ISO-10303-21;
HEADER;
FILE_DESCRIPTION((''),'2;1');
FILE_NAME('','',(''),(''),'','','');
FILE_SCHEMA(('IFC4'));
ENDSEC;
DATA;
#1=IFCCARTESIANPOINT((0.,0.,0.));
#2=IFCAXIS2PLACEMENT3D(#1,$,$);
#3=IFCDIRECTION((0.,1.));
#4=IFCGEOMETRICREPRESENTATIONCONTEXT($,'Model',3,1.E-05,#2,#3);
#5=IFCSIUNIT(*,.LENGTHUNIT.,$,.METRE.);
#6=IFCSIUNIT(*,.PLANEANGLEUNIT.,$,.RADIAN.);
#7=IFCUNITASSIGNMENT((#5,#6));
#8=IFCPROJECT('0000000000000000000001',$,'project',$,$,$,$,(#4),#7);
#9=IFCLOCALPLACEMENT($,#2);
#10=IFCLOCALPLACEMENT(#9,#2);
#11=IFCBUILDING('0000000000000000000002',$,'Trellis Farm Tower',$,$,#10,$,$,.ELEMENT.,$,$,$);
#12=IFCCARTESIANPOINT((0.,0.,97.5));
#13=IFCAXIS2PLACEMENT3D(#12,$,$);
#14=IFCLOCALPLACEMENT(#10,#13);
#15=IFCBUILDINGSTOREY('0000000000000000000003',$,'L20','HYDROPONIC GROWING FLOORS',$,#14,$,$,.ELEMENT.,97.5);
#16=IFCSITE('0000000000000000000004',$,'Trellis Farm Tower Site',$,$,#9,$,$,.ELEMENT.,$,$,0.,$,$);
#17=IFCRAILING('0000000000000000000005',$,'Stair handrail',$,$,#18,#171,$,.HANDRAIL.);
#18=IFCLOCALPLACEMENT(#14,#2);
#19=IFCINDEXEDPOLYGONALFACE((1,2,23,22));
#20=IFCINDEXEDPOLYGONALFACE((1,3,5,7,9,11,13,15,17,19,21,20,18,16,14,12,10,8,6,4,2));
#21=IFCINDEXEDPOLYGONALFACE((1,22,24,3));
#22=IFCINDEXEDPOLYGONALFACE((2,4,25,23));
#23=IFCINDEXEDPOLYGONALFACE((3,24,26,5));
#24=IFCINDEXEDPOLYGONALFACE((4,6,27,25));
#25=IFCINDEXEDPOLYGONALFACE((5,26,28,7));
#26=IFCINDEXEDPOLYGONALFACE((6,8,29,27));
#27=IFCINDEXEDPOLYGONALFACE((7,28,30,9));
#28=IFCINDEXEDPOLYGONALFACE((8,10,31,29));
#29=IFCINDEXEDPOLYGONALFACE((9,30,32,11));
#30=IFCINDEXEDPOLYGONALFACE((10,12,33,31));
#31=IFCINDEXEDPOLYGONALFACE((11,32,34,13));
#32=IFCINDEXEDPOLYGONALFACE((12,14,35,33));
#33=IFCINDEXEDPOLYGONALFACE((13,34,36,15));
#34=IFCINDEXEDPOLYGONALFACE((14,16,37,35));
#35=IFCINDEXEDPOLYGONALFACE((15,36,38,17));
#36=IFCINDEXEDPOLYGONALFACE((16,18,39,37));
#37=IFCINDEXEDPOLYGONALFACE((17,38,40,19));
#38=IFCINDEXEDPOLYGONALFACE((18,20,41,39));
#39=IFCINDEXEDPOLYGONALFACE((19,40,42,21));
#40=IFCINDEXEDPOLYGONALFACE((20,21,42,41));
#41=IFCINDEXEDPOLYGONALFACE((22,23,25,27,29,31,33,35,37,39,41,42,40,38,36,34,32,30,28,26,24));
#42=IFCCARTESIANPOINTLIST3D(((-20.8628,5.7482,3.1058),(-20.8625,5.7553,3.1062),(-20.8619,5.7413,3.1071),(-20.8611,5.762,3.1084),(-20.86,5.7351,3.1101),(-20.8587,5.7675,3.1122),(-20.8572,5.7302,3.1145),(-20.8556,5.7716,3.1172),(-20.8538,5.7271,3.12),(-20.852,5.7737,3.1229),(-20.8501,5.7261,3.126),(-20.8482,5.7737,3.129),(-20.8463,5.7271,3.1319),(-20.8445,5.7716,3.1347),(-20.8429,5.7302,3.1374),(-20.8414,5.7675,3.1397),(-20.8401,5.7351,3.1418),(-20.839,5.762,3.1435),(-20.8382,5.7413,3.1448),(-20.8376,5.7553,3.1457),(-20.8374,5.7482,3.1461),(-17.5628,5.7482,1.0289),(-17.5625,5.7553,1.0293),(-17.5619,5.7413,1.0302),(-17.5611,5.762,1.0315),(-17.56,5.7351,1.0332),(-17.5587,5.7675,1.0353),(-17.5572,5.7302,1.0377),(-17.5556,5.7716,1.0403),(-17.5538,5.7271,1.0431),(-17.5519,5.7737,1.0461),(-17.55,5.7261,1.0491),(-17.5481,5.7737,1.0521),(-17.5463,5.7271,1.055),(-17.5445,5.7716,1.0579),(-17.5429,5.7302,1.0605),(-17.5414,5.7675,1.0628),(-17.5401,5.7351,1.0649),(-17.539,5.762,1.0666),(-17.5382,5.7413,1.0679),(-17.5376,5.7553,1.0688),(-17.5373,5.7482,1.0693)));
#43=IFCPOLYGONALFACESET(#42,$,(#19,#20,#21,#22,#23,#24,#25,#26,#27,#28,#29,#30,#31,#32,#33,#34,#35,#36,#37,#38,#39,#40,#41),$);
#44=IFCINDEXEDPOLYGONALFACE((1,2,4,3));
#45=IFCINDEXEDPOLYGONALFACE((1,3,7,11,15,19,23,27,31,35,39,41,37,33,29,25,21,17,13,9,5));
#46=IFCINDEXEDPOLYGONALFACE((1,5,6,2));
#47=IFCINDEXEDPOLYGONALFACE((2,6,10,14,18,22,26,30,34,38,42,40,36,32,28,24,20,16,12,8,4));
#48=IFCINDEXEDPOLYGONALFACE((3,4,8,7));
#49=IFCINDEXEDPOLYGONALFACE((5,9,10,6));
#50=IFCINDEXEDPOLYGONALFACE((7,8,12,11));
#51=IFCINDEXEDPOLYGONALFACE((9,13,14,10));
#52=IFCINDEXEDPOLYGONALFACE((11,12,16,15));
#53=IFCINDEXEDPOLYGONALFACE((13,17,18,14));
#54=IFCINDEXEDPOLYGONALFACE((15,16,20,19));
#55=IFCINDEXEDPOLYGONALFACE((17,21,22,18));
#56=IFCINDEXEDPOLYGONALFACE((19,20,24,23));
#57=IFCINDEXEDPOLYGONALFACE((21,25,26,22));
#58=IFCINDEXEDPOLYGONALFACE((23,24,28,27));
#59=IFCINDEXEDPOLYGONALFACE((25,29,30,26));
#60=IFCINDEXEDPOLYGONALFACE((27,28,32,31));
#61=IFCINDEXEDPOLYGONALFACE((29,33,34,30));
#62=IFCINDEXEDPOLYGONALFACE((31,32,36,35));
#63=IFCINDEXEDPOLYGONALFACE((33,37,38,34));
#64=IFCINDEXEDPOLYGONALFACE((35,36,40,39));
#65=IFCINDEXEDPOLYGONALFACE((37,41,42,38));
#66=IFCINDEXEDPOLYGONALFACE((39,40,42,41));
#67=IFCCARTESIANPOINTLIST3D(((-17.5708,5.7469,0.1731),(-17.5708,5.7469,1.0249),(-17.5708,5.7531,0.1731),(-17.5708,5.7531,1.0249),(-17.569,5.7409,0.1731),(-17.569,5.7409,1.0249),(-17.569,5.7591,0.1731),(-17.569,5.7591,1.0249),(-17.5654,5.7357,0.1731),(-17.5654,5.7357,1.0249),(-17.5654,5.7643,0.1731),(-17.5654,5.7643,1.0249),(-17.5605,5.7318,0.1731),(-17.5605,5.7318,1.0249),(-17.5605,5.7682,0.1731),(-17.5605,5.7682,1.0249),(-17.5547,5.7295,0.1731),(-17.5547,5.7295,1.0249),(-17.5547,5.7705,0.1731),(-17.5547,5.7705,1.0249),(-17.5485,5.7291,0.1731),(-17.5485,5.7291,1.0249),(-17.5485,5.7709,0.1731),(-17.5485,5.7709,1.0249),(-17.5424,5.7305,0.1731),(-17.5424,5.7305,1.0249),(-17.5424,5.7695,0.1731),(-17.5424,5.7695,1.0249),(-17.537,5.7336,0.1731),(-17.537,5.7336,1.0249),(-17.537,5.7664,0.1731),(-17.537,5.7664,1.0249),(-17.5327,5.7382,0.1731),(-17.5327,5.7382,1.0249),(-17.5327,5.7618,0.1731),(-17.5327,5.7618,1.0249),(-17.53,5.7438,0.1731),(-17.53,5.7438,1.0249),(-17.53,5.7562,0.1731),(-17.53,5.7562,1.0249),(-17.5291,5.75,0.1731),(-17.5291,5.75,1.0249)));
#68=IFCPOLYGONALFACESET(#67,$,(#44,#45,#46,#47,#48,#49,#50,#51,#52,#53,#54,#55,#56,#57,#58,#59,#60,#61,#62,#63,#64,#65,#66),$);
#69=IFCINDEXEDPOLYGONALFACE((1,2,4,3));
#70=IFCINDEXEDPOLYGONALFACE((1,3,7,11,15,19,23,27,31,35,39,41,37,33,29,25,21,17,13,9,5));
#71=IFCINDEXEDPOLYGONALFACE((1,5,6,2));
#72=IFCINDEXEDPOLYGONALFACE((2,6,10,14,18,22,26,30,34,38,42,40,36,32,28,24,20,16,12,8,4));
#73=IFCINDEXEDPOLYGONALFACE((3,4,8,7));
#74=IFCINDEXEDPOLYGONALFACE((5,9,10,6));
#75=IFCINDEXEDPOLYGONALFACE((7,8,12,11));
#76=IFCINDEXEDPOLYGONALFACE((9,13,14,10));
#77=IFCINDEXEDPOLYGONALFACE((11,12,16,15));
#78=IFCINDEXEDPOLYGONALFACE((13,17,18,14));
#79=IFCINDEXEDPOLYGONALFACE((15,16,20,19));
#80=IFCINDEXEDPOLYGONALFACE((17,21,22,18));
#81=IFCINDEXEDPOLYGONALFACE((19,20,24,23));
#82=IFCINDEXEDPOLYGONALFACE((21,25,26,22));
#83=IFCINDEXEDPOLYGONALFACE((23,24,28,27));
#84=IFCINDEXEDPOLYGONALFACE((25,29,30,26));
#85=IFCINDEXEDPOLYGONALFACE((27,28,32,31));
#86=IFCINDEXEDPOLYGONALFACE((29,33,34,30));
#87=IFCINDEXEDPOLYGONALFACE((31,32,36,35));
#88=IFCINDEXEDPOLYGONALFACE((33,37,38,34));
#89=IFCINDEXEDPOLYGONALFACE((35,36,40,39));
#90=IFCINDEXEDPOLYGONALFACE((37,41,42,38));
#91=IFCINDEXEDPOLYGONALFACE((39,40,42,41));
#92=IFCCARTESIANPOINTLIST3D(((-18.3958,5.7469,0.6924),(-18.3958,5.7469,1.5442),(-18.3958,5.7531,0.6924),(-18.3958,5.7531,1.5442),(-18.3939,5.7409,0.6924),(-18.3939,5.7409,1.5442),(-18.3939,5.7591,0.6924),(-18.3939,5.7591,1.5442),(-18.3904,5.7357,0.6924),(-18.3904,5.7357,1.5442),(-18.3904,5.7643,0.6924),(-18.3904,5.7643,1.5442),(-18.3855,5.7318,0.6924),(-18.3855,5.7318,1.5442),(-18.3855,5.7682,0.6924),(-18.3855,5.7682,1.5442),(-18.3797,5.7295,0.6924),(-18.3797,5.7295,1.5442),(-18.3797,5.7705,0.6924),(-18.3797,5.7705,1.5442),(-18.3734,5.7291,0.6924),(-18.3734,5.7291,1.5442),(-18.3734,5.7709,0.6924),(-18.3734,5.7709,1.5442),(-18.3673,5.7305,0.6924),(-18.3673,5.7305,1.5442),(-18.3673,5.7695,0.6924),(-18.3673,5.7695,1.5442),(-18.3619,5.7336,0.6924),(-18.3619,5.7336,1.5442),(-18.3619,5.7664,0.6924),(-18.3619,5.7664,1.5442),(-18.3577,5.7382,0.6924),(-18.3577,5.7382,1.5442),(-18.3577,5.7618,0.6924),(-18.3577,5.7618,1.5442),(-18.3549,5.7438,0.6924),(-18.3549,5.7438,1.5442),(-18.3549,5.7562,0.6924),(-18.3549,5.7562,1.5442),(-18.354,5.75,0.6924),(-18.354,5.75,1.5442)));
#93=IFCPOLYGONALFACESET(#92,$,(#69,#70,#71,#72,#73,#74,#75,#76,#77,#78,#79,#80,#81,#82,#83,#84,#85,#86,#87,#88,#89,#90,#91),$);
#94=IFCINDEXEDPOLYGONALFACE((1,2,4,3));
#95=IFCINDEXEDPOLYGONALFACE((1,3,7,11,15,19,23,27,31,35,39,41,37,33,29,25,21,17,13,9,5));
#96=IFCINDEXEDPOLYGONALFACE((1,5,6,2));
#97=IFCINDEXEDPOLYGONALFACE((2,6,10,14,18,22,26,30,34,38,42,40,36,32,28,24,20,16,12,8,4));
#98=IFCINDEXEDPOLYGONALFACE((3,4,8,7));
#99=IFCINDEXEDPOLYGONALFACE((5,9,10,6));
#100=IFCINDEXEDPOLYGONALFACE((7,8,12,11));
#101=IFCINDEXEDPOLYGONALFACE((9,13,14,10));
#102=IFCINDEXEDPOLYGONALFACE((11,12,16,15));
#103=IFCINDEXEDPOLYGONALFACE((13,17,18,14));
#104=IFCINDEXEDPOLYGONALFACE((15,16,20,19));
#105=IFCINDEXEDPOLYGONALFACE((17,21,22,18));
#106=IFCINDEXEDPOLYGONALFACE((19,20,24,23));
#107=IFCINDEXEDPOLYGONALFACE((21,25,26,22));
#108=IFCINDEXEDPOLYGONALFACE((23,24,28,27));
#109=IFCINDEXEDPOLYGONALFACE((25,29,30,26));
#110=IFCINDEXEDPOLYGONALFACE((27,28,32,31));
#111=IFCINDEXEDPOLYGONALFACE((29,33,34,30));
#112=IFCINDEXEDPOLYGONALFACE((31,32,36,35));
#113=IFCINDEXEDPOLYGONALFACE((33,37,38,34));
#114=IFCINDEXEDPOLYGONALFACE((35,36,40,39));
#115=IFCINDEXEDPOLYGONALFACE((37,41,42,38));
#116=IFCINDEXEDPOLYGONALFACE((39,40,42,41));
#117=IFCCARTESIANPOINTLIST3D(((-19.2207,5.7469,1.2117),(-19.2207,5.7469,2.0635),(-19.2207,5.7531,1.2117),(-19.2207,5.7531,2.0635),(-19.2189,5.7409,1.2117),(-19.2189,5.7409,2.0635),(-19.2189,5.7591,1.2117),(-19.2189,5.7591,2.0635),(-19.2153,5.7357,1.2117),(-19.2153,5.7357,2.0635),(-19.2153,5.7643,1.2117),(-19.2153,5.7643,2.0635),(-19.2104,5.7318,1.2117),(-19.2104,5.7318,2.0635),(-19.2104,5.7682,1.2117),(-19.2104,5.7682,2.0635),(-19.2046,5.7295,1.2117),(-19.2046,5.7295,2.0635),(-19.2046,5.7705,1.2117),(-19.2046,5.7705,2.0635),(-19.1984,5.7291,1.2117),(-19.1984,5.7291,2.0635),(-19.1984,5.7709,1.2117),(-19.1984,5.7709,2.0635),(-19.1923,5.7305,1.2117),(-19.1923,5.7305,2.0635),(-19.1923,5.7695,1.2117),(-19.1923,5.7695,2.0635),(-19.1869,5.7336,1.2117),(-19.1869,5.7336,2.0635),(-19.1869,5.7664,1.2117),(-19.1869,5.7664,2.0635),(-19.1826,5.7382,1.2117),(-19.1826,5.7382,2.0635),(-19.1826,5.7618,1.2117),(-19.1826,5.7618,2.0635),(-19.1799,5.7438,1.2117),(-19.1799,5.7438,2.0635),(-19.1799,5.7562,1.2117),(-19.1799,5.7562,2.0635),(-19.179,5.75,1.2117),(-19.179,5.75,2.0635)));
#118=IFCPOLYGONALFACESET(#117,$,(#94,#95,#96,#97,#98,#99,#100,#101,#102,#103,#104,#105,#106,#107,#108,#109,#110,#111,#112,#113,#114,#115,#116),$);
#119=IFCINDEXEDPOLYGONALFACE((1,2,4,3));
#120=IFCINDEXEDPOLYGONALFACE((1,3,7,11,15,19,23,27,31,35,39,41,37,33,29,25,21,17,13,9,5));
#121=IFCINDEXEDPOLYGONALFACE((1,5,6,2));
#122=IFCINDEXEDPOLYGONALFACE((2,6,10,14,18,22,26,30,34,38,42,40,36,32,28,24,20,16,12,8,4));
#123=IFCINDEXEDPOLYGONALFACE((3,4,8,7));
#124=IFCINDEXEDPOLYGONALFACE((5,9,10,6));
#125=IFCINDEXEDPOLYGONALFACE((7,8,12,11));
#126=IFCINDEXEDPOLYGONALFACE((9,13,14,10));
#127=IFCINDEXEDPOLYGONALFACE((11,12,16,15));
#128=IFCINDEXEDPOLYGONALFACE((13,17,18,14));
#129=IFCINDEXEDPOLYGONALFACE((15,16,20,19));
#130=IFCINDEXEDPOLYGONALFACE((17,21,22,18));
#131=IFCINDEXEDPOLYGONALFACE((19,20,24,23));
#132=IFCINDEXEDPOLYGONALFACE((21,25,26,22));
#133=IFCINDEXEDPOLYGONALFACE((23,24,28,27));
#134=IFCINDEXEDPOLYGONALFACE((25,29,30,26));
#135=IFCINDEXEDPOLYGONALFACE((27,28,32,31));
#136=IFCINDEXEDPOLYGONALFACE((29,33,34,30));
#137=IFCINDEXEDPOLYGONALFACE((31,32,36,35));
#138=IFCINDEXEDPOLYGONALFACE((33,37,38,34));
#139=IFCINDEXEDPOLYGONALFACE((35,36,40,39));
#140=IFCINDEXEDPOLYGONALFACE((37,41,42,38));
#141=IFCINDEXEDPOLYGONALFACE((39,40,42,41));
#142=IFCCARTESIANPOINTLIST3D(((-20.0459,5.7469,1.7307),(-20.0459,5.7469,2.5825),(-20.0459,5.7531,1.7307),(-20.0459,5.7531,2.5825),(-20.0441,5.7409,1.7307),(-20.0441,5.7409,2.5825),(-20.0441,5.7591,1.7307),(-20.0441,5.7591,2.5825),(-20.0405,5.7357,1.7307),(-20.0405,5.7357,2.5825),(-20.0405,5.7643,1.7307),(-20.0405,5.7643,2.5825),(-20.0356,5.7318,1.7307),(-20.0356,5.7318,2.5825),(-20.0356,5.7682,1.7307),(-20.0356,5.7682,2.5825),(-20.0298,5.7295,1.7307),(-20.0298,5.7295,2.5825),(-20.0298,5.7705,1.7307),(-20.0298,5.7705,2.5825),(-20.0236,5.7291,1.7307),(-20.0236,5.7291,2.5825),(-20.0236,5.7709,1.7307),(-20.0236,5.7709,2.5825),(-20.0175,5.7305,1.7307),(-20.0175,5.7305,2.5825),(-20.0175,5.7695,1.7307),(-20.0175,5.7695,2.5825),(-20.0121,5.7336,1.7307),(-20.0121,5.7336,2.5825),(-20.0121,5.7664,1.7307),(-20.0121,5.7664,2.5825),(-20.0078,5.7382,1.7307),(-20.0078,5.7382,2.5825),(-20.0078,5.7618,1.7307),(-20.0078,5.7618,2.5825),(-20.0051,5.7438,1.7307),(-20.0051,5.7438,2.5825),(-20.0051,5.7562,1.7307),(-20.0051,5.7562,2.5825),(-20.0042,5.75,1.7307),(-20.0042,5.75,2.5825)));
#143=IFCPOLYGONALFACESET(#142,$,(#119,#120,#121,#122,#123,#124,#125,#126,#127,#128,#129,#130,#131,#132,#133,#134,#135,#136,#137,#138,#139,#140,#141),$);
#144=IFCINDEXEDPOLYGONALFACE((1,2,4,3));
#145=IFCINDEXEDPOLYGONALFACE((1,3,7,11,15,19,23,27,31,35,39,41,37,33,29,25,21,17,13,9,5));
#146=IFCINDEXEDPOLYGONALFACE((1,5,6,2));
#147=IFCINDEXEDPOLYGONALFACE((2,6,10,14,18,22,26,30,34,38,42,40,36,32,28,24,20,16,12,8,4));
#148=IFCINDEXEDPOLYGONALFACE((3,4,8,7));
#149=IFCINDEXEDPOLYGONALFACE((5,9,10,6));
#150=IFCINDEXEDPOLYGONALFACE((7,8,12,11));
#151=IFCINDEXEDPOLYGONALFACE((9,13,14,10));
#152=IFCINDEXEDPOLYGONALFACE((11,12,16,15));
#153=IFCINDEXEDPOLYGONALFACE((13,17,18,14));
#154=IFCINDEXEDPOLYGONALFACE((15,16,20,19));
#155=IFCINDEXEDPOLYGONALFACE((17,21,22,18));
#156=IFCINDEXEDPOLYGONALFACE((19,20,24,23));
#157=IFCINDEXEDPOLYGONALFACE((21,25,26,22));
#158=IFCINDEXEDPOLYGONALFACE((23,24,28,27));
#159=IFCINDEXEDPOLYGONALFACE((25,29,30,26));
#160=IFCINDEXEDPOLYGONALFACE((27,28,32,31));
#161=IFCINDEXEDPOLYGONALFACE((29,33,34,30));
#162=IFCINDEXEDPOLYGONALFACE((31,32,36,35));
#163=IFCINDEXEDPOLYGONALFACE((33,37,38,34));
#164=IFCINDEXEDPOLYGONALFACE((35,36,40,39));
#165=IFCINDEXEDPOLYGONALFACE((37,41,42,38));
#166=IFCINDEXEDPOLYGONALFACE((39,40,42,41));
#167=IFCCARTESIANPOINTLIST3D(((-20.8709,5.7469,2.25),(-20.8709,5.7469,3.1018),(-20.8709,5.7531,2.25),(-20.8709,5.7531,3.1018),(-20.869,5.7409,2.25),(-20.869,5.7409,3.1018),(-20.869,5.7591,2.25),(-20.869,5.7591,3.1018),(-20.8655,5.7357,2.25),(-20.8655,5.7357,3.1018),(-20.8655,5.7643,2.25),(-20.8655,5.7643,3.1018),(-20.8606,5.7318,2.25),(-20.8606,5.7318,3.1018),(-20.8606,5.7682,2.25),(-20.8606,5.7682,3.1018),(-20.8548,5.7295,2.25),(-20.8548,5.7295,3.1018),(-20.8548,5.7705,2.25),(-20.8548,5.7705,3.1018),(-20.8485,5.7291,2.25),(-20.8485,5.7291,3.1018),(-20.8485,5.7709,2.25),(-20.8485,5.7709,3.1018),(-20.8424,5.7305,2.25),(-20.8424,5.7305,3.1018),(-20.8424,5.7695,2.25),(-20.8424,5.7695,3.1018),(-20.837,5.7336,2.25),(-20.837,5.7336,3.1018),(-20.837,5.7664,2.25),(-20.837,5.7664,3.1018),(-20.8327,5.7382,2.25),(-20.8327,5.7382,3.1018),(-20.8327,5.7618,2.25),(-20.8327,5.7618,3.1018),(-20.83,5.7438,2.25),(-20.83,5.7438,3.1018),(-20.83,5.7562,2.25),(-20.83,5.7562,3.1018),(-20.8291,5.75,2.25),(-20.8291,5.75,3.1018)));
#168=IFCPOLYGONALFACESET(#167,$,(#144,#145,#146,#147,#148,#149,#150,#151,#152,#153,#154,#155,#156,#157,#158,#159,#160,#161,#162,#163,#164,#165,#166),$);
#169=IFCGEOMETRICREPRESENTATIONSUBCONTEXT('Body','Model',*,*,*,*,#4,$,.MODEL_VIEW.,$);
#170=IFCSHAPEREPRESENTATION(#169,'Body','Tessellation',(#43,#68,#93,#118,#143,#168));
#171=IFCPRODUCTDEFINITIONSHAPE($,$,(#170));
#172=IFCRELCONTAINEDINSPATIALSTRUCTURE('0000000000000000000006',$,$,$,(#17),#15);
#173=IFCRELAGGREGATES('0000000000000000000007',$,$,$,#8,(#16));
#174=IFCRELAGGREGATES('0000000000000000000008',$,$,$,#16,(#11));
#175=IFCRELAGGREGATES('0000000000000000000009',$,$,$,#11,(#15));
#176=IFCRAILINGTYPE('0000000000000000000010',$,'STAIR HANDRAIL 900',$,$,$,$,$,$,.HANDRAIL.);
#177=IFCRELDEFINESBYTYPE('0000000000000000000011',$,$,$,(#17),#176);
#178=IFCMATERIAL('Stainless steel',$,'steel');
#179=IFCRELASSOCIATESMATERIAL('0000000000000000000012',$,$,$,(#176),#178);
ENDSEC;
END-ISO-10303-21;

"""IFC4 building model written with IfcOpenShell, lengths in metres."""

from ifc_helpers import new_model, si_unit, direction, frame, origin, origin_2d, place, context, subcontext, project, spatial, circle, extrude, source, transform, mapped, material, type_object, element, save


model = new_model("IFC4")

# Units and contexts
model_context = context("Model", 3, precision=1e-05, world=origin(), true_north=direction((0.0, 1.0)))
body_context = subcontext(model_context, "Body", "Model", "MODEL_VIEW")
ifc_project = project(units=[si_unit("LENGTHUNIT", "METRE"), si_unit("PLANEANGLEUNIT", "RADIAN")], contexts=[model_context])

# Site, building, storey
site_placement = place(None, origin())
site = spatial("IfcSite", under=ifc_project, at=site_placement, Name="Trellis Farm Tower Site", CompositionType="ELEMENT", RefElevation=0.0)
building_placement = place(site_placement, origin())
building = spatial("IfcBuilding", under=site, at=building_placement, Name="Trellis Farm Tower", CompositionType="ELEMENT")
storey_placement = place(building_placement, frame((0.0, 0.0, 97.5)))
storey = spatial("IfcBuildingStorey", under=building, at=storey_placement, Name="L20", Description="HYDROPONIC GROWING FLOORS", CompositionType="ELEMENT", Elevation=97.5)

# Railing
ifc_material_1 = material(Name="Stainless steel", Category="steel")
railing_type = type_object("IfcRailingType", Name="STAIR HANDRAIL 900", PredefinedType="HANDRAIL", material=ifc_material_1)
shared_shape_1 = source(origin(), body_context, "Body", "SweptSolid", [
    extrude(circle(Radius=0.0239, at=origin_2d()), frame((0.0, 0.0, 0.876), z_axis=(-0.846337, 0.0, 0.532647), x_axis=(0.0, -1.0, 0.0)), (0.0, 0.0, 1.0), 3.8992),
    extrude(circle(Radius=0.021, at=origin_2d()), origin(), (0.0, 0.0, 1.0), 0.8518),
    extrude(circle(Radius=0.021, at=origin_2d()), frame((-0.825, 0.0, 0.5193)), (0.0, 0.0, 1.0), 0.8518),
    extrude(circle(Radius=0.021, at=origin_2d()), frame((-1.6499, 0.0, 1.0386)), (0.0, 0.0, 1.0), 0.8518),
    extrude(circle(Radius=0.021, at=origin_2d()), frame((-2.4751, 0.0, 1.5576)), (0.0, 0.0, 1.0), 0.8518),
    extrude(circle(Radius=0.021, at=origin_2d()), frame((-3.3, 0.0, 2.0769)), (0.0, 0.0, 1.0), 0.8518),
])
for number, where, name in (
    (1, (-17.55, 5.75, 0.1731), "Stair handrail"),
):
    element("IfcRailing", number, at=place(storey_placement, frame(where)), inside=storey, type_object=railing_type, Name=name, PredefinedType="HANDRAIL", context=body_context, shape_type="MappedRepresentation", body=[
        mapped(shared_shape_1, transform((0.0, 0.0, 0.0))),
    ])

save(model, "model.ifc")
